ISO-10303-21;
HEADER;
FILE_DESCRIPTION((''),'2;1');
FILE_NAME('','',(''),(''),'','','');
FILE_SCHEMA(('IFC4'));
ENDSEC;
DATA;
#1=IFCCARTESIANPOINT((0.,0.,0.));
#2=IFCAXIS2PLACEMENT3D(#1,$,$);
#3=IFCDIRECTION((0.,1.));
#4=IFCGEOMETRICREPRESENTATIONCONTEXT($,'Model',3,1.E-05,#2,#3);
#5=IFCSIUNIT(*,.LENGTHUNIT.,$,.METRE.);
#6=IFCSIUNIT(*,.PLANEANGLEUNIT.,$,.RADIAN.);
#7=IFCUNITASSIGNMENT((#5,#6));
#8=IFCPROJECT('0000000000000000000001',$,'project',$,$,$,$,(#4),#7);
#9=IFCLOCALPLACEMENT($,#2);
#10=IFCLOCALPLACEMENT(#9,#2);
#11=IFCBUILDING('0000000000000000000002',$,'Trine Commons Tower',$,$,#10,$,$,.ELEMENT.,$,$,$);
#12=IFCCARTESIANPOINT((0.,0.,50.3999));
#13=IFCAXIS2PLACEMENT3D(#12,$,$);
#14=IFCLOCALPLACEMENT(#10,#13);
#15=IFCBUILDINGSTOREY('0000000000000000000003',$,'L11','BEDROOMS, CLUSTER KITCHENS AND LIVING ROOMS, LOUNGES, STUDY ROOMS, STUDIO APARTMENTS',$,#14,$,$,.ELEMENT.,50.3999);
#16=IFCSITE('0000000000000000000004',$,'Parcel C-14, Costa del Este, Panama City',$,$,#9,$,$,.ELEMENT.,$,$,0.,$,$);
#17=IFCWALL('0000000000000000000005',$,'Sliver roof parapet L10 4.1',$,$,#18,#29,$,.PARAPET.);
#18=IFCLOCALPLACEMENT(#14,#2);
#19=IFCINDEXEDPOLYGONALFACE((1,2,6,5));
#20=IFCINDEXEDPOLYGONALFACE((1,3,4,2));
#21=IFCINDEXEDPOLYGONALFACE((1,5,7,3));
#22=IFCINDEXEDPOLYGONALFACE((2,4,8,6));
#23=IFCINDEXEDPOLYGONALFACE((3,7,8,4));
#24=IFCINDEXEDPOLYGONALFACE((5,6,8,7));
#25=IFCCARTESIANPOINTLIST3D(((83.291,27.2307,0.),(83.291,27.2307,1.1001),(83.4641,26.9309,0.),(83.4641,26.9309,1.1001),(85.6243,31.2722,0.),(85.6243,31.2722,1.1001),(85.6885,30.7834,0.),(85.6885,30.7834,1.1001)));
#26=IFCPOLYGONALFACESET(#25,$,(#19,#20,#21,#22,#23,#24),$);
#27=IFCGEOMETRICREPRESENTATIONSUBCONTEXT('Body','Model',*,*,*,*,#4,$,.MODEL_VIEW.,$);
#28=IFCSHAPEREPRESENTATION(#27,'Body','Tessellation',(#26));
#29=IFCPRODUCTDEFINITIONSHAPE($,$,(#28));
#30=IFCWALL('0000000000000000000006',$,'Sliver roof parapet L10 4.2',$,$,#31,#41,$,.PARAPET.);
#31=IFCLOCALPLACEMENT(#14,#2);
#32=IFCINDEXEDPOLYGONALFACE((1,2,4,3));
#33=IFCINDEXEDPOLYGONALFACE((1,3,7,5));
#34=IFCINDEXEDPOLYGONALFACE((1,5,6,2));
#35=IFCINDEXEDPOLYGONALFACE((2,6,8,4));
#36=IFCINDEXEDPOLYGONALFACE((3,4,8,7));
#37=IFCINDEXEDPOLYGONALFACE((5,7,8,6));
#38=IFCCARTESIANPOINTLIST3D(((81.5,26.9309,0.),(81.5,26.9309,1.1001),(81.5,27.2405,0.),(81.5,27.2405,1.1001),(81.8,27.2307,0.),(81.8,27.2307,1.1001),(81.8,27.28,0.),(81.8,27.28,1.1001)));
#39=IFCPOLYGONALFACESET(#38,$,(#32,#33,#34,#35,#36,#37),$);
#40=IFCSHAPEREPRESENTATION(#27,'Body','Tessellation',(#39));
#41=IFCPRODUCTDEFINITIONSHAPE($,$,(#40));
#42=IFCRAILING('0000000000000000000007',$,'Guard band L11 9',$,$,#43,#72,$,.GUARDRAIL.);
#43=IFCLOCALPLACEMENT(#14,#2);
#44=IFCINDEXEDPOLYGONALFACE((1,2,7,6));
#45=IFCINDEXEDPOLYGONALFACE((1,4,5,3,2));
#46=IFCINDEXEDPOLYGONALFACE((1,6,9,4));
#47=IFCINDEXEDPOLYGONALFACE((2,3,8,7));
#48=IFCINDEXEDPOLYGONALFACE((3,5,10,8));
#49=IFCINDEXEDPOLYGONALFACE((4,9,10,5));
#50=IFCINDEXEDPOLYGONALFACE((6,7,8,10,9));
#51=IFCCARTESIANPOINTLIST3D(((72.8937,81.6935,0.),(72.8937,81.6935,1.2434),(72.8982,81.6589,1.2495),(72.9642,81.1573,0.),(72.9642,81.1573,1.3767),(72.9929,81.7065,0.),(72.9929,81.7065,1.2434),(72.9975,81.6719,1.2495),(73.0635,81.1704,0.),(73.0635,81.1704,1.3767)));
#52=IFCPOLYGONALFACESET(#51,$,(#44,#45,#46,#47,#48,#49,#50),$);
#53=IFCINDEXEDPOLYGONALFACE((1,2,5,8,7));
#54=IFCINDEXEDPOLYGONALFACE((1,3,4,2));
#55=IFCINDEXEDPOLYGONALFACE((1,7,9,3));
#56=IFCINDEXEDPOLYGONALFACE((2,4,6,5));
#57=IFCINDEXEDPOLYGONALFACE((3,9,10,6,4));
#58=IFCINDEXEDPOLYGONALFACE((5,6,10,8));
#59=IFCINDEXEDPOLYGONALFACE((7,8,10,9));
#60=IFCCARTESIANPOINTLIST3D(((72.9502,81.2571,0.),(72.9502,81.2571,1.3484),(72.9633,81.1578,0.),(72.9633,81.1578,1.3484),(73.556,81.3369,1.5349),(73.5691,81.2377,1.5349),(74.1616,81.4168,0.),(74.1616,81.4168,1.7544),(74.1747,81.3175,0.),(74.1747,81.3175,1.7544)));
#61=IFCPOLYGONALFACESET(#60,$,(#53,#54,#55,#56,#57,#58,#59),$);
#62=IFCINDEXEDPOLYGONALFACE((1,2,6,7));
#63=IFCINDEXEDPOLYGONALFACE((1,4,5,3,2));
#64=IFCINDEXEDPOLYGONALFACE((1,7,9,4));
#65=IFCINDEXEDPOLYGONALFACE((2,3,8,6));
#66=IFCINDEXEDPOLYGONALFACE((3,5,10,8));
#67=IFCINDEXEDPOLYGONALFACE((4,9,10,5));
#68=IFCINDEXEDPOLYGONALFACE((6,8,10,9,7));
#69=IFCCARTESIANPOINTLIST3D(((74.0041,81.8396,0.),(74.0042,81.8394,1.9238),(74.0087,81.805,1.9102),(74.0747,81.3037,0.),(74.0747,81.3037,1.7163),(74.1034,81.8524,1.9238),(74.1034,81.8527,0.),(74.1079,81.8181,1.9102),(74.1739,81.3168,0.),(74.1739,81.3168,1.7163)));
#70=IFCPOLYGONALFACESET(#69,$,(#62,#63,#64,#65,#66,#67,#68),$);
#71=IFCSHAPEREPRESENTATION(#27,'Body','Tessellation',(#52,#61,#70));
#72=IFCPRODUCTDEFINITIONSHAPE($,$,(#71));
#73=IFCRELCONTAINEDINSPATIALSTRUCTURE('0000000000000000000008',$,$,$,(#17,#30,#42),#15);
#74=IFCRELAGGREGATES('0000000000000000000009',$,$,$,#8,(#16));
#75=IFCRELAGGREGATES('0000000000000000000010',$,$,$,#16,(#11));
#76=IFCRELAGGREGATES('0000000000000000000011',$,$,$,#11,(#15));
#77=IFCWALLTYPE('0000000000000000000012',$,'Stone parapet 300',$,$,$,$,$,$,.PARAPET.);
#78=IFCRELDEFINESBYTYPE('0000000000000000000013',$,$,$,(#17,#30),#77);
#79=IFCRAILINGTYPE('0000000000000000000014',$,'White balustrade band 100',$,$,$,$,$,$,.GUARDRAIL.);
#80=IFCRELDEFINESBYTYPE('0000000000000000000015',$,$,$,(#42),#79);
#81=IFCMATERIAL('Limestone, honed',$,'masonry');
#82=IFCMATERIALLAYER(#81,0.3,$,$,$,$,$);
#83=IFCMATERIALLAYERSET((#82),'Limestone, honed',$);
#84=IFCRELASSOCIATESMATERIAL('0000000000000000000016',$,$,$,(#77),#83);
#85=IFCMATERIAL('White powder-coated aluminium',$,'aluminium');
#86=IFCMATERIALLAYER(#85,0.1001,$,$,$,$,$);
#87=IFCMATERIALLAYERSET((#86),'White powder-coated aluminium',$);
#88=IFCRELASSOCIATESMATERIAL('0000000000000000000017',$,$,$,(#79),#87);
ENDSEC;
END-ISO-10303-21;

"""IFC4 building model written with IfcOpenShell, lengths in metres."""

from ifc_helpers import new_model, si_unit, direction, frame, origin, place, context, subcontext, project, spatial, polyline, outline, extrude, material, layer, layer_set, type_object, element, save


model = new_model("IFC4")

# Units and contexts
model_context = context("Model", 3, precision=1e-05, world=origin(), true_north=direction((0.0, 1.0)))
body_context = subcontext(model_context, "Body", "Model", "MODEL_VIEW")
ifc_project = project(units=[si_unit("LENGTHUNIT", "METRE"), si_unit("PLANEANGLEUNIT", "RADIAN")], contexts=[model_context])

# Site, building, storey
site_placement = place(None, origin())
site = spatial("IfcSite", under=ifc_project, at=site_placement, Name="Parcel C-14, Costa del Este, Panama City", CompositionType="ELEMENT", RefElevation=0.0)
building_placement = place(site_placement, origin())
building = spatial("IfcBuilding", under=site, at=building_placement, Name="Trine Commons Tower", CompositionType="ELEMENT")
storey_placement = place(building_placement, frame((0.0, 0.0, 50.3999)))
storey = spatial("IfcBuildingStorey", under=building, at=storey_placement, Name="L11", Description="BEDROOMS, CLUSTER KITCHENS AND LIVING ROOMS, LOUNGES, STUDY ROOMS, STUDIO APARTMENTS", CompositionType="ELEMENT", Elevation=50.3999)

# Walls
ifc_material_1 = material(Name="Limestone, honed", Category="masonry")
ifc_layer_1 = layer(ifc_material_1, 0.3)
ifc_layer_set_1 = layer_set([ifc_layer_1], Name="Limestone, honed")
wall_type = type_object("IfcWallType", Name="Stone parapet 300", PredefinedType="PARAPET", material=ifc_layer_set_1)
wall_1_placement = place(storey_placement, origin())
element("IfcWall", 1, at=wall_1_placement, inside=storey, type_object=wall_type, Name="Sliver roof parapet L10 4.1", PredefinedType="PARAPET", context=body_context, shape_type="SweptSolid", body=[
    extrude(outline(polyline([(83.4641, 26.9309), (85.6885, 30.7834), (85.6243, 31.2722), (83.291, 27.2307), (83.4641, 26.9309)])), origin(), (0.0, 0.0, 1.0), 1.1001),
])
wall_2_placement = place(storey_placement, origin())
element("IfcWall", 2, at=wall_2_placement, inside=storey, type_object=wall_type, Name="Sliver roof parapet L10 4.2", PredefinedType="PARAPET", context=body_context, shape_type="SweptSolid", body=[
    extrude(outline(polyline([(81.5, 27.2405), (81.5, 26.9309), (81.8, 27.2307), (81.8, 27.28), (81.5, 27.2405)])), origin(), (0.0, 0.0, 1.0), 1.1001),
])

# Railing
ifc_material_2 = material(Name="White powder-coated aluminium", Category="aluminium")
ifc_layer_2 = layer(ifc_material_2, 0.1001)
ifc_layer_set_2 = layer_set([ifc_layer_2], Name="White powder-coated aluminium")
railing_type = type_object("IfcRailingType", Name="White balustrade band 100", PredefinedType="GUARDRAIL", material=ifc_layer_set_2)
railing_1_placement = place(storey_placement, origin())
element("IfcRailing", 3, at=railing_1_placement, inside=storey, type_object=railing_type, Name="Guard band L11 9", PredefinedType="GUARDRAIL", context=body_context, shape_type="SweptSolid", body=[
    extrude(outline(polyline([(0.0, 0.0), (0.5408, 0.0), (0.5408, 1.3767), (0.5408, 1.3767), (0.0349, 1.2495), (0.0, 1.2434), (0.0, 0.0)])), frame((72.9929, 81.7065, 0.0), z_axis=(-0.991451, -0.130478, 0.0), x_axis=(0.130478, -0.991451, 0.0)), (0.0, 0.0, 1.0), 0.1001),
    extrude(outline(polyline([(0.0, 0.0), (1.2219, 0.0), (1.2219, 1.7544), (0.6111, 1.5349), (0.0, 1.3484), (0.0, 0.0)])), frame((72.9502, 81.2571, 0.0), z_axis=(0.130672, -0.991426, 0.0), x_axis=(0.991426, 0.130672, 0.0)), (0.0, 0.0, 1.0), 0.1001),
    extrude(outline(polyline([(0.0, 0.0), (0.5405, 0.0), (0.5403, 1.9238), (0.5056, 1.9102), (0.0, 1.7163), (0.0, 0.0)])), frame((74.0747, 81.3037, 0.0), z_axis=(0.991444, 0.130536, 0.0), x_axis=(-0.130536, 0.991444, 0.0)), (0.0, 0.0, 1.0), 0.1001),
])

save(model, "model.ifc")
